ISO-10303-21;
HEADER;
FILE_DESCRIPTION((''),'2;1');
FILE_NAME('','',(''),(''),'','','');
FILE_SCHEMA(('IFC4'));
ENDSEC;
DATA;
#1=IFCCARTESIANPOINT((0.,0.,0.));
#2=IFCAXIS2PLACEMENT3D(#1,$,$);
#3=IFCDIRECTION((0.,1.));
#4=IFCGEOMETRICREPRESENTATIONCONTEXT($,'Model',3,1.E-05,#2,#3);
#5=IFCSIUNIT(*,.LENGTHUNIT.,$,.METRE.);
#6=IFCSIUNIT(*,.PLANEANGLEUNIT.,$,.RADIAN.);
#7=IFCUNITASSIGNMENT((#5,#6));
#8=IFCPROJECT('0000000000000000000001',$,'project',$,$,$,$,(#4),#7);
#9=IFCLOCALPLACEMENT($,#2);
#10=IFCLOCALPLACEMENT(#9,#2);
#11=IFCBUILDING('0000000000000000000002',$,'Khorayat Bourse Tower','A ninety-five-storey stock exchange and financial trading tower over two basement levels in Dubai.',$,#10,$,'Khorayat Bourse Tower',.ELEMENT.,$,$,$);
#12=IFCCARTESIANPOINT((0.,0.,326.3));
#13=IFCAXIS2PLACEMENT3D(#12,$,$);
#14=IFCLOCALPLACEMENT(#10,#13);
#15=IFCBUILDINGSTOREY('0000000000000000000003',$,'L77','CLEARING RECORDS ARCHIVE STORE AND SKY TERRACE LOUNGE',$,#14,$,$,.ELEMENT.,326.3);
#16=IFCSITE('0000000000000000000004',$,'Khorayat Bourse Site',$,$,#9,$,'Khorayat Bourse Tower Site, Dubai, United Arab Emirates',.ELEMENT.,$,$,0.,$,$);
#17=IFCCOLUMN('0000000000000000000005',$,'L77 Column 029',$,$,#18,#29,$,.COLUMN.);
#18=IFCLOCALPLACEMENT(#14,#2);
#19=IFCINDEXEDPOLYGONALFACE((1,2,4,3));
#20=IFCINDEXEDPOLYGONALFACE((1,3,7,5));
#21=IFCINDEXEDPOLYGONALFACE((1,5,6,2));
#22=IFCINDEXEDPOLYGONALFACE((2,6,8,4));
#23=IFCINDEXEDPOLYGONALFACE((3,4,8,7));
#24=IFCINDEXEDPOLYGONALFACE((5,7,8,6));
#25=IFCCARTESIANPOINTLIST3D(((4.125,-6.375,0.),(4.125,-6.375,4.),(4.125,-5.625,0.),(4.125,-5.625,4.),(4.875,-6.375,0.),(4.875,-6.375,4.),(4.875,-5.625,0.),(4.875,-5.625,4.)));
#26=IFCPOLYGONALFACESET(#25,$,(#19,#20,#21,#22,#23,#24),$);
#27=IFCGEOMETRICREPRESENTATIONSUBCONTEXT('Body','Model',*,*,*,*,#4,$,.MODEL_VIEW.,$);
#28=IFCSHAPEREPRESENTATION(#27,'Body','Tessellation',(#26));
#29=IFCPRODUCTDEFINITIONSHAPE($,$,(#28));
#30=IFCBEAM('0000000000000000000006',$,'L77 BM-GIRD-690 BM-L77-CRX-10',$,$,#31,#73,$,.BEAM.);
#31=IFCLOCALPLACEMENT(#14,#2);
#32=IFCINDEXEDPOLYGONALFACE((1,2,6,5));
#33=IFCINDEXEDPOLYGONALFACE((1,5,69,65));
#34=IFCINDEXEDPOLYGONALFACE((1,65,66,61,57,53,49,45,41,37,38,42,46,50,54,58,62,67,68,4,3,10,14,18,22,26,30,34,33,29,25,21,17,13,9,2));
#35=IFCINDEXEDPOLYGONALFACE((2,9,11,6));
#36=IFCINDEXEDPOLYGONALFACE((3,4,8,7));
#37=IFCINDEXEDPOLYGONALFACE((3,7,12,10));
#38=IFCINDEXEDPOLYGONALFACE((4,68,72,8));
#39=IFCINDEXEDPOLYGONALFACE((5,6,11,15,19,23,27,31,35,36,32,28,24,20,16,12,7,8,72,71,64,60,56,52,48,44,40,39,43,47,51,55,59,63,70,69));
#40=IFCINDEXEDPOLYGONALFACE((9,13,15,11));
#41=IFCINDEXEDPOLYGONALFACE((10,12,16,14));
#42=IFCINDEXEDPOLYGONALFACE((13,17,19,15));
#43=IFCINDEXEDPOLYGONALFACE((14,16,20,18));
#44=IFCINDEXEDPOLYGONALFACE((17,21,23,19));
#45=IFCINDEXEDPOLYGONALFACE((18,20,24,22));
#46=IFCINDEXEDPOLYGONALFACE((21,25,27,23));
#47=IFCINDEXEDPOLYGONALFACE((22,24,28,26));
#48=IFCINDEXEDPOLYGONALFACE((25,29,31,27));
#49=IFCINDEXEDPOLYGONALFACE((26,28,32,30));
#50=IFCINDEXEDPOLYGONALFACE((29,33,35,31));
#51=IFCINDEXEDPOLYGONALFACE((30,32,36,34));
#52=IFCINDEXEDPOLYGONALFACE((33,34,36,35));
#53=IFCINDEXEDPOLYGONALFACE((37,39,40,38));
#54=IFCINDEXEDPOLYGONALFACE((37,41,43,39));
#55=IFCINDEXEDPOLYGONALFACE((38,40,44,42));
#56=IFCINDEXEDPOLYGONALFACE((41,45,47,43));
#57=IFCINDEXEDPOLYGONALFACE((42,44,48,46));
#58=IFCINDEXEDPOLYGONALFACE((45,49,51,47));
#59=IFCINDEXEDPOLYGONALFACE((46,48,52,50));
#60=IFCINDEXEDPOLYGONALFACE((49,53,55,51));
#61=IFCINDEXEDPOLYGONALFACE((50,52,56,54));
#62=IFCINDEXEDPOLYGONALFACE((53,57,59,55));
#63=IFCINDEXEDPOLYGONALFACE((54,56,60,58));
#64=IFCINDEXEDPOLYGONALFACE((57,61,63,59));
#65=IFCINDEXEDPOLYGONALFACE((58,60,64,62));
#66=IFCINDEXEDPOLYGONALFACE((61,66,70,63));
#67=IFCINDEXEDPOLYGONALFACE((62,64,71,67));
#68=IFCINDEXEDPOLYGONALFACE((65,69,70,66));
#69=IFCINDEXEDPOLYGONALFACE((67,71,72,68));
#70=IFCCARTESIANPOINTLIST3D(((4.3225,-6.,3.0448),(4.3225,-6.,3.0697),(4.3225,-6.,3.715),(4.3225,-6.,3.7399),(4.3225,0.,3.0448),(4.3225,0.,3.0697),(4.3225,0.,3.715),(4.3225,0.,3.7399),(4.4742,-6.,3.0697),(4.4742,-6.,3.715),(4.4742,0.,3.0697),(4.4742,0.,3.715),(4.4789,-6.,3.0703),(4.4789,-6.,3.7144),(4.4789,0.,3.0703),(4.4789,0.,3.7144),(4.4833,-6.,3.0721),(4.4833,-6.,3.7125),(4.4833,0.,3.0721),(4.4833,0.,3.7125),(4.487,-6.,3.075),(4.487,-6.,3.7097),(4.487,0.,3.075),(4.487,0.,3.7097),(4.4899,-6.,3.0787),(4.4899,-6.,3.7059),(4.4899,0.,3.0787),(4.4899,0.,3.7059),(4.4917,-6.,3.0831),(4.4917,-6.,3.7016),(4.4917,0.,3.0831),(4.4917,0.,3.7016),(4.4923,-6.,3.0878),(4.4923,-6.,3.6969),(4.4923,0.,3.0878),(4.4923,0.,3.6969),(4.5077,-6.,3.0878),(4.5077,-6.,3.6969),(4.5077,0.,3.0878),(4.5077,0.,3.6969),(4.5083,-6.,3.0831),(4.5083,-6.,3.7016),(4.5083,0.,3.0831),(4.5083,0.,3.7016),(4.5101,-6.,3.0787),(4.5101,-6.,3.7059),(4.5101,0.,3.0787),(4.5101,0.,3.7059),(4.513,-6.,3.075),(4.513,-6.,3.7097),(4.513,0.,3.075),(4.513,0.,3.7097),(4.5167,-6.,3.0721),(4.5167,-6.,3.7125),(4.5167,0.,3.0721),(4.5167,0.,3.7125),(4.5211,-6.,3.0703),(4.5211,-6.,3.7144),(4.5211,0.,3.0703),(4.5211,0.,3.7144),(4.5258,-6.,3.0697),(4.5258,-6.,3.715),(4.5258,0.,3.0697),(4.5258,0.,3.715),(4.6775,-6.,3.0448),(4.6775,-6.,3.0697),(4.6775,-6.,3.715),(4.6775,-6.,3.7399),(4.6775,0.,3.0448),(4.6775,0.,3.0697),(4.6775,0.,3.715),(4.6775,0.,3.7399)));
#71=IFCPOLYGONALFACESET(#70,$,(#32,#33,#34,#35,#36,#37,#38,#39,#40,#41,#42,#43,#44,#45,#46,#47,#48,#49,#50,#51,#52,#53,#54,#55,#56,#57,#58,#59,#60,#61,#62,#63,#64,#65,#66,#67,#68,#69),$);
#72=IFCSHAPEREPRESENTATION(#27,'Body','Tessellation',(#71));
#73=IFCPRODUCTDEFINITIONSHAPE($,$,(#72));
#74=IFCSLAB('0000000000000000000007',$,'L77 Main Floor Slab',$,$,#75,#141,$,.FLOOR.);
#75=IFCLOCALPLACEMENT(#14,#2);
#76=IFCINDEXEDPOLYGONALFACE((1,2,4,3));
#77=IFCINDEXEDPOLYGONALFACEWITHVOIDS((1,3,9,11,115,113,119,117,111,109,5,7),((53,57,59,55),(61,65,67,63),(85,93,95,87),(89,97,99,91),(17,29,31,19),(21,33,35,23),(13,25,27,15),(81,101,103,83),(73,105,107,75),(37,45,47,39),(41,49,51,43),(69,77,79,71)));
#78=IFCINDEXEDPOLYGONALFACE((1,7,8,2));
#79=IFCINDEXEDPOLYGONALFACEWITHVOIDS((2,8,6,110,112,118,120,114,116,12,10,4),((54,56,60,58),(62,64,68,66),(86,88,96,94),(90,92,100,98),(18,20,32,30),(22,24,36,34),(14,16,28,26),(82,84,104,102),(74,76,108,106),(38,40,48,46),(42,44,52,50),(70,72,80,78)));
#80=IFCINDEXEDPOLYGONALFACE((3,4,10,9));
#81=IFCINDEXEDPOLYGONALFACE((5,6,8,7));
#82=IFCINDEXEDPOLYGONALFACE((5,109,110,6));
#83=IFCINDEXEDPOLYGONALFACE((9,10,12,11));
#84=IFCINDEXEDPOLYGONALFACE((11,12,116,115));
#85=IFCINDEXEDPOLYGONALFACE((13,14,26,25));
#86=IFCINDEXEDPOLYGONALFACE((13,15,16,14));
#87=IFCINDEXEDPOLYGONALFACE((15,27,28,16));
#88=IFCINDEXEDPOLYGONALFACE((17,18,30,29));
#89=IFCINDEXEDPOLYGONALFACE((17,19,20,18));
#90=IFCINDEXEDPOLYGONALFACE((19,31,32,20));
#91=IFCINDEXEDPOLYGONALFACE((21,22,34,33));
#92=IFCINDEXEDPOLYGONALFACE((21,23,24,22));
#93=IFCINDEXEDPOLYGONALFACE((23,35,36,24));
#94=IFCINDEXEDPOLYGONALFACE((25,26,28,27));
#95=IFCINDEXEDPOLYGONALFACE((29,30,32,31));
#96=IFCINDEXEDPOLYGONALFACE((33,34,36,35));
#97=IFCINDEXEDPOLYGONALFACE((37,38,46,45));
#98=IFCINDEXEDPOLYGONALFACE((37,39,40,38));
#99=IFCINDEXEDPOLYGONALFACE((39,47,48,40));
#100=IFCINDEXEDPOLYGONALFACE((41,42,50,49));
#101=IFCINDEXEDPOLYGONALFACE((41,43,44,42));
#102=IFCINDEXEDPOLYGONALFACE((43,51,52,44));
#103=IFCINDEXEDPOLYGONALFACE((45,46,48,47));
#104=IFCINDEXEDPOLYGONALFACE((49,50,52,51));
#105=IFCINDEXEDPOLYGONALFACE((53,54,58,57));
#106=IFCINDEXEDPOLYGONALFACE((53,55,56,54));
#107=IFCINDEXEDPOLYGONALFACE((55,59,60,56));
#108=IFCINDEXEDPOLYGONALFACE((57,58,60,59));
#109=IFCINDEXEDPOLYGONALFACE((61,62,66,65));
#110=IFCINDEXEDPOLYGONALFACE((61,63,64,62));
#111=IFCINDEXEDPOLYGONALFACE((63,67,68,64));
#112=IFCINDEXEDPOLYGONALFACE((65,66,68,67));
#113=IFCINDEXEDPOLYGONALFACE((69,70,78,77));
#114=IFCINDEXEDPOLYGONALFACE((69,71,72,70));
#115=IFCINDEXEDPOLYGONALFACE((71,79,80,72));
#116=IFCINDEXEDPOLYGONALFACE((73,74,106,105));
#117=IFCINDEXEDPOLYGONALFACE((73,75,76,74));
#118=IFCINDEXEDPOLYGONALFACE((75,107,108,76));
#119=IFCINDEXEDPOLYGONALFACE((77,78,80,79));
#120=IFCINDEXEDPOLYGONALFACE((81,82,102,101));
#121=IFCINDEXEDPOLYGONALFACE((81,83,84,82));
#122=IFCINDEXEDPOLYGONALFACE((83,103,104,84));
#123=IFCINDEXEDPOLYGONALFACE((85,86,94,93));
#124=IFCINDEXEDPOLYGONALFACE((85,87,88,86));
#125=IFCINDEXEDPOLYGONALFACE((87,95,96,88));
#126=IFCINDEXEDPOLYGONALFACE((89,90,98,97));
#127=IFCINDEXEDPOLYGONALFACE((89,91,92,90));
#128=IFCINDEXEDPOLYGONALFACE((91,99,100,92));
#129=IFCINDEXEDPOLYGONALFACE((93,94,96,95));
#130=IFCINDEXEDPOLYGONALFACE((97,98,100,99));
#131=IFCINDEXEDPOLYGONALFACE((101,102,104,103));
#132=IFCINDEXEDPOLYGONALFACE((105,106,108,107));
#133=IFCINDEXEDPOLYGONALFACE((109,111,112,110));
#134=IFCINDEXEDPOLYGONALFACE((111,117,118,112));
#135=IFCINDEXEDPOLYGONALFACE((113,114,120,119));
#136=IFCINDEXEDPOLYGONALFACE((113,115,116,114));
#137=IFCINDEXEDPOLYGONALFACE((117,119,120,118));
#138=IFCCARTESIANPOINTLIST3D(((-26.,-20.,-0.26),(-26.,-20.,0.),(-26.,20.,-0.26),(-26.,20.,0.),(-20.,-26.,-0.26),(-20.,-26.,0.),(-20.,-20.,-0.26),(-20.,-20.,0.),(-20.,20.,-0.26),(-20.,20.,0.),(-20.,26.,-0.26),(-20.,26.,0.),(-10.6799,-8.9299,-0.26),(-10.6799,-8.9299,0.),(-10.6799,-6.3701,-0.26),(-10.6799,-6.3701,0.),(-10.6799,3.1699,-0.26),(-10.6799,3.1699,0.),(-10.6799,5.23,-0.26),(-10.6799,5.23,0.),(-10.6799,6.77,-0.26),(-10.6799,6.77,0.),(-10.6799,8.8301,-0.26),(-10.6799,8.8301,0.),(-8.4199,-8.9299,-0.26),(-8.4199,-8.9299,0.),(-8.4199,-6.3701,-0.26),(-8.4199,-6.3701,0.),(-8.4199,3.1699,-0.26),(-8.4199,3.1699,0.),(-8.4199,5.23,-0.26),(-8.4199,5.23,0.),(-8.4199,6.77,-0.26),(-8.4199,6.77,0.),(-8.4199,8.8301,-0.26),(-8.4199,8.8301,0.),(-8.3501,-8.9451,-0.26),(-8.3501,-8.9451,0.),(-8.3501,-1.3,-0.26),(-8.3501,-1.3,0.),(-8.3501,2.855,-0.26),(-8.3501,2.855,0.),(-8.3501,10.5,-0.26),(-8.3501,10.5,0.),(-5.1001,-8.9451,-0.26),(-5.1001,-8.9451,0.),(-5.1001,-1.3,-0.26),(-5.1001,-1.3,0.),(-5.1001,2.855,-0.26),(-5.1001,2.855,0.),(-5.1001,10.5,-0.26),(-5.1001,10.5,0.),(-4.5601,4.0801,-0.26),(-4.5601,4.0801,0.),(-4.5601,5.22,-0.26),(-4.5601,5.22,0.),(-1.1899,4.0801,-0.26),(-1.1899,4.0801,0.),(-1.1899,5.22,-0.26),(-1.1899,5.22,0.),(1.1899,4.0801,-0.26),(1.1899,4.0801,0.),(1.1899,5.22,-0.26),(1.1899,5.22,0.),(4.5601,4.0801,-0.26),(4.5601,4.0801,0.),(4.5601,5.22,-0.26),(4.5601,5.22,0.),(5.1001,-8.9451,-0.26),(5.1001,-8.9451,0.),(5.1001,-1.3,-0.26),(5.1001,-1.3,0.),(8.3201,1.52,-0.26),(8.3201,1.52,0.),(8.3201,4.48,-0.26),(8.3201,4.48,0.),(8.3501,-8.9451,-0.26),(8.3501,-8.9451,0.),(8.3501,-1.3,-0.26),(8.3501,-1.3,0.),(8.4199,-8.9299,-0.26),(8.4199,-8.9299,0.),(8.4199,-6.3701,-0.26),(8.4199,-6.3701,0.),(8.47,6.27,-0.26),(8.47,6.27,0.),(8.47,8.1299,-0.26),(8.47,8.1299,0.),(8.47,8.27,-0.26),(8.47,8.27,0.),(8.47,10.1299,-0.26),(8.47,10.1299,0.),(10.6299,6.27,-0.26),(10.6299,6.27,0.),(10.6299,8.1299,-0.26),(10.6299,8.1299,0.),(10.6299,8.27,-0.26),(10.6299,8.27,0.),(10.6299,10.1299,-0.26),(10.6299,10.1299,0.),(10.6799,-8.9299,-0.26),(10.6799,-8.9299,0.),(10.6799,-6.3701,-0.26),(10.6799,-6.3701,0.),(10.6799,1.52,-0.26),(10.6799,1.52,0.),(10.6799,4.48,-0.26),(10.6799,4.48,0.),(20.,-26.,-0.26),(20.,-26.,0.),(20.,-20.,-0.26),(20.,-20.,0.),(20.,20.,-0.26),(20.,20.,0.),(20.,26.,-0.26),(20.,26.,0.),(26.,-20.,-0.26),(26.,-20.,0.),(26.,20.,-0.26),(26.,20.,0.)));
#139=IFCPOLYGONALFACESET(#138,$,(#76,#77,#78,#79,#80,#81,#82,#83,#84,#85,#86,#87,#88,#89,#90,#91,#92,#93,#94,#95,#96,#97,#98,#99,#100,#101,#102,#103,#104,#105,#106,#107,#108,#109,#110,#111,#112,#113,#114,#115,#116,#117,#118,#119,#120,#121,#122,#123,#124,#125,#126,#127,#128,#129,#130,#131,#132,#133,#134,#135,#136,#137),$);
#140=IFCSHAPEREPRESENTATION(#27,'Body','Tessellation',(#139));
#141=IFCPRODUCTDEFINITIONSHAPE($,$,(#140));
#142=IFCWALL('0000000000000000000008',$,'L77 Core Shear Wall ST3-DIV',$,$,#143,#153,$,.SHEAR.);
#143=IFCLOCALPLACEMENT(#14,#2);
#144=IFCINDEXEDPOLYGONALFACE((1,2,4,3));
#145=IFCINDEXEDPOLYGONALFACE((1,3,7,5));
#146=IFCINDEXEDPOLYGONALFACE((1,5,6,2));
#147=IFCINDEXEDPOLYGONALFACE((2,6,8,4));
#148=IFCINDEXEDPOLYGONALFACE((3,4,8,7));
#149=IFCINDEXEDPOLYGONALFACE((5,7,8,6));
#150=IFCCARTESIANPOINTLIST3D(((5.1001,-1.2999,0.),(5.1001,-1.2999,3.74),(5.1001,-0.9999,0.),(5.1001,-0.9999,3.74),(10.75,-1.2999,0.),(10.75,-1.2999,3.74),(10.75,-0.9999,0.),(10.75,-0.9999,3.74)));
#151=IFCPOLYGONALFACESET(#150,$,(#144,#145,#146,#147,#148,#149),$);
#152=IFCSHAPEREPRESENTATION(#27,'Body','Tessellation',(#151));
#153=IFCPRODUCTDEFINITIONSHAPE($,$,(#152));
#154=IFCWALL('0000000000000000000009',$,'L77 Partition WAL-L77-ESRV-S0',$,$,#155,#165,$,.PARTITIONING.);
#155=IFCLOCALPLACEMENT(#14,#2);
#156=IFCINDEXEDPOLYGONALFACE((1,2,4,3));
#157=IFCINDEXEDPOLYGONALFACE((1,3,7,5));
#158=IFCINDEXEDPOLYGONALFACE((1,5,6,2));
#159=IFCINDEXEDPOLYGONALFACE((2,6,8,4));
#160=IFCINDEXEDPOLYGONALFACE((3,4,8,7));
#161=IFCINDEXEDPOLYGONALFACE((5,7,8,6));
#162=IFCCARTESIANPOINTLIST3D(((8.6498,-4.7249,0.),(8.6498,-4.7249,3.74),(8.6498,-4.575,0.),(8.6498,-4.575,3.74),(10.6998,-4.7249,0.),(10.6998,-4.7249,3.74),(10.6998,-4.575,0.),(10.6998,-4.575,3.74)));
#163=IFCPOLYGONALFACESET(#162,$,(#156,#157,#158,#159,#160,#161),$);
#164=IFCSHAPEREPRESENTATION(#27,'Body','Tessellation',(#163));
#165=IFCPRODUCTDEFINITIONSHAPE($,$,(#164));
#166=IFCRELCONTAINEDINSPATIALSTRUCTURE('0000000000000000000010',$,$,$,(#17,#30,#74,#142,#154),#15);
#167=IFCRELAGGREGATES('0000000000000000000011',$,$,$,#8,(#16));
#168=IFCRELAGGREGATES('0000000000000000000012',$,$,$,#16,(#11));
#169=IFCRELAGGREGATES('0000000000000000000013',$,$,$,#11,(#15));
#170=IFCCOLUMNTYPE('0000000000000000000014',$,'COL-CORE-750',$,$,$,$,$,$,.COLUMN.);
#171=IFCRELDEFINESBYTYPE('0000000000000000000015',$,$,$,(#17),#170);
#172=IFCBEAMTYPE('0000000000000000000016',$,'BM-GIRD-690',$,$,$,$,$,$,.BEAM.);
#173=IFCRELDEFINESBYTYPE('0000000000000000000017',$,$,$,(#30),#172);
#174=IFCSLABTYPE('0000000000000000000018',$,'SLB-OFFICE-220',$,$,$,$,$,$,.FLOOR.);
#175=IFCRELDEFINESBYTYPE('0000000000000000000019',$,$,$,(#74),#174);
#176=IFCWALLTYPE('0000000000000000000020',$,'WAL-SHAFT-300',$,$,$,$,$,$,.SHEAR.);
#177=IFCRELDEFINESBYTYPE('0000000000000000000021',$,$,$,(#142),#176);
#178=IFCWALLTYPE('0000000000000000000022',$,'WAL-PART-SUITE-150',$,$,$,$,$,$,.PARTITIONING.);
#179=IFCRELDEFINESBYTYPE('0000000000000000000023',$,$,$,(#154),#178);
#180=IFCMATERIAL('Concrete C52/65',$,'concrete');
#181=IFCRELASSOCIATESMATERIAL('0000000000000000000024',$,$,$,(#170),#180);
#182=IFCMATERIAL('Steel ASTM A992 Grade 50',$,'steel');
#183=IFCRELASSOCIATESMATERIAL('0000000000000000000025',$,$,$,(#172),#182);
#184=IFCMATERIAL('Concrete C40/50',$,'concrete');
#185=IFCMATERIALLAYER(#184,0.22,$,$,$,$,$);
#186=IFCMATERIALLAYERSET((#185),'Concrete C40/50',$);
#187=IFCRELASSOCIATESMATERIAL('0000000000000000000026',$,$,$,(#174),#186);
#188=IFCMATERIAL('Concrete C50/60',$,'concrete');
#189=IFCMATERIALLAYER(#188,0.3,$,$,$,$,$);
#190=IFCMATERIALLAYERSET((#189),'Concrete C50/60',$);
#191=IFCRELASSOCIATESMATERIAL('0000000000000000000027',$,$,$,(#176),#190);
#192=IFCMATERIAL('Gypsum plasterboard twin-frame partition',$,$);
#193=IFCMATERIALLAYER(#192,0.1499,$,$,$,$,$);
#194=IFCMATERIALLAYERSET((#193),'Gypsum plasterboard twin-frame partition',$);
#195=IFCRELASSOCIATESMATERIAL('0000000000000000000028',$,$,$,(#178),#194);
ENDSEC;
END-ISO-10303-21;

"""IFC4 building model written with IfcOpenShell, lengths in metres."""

from ifc_helpers import new_model, si_unit, direction, frame, frame_2d, origin, origin_2d, place, context, subcontext, project, spatial, polyline, rectangle, i_section, outline, extrude, source, transform, mapped, material, layer, layer_set, material_profile, profile_set, type_object, element, save


model = new_model("IFC4")

# Units and contexts
model_context = context("Model", 3, precision=1e-05, world=origin(), true_north=direction((0.0, 1.0)))
body_context = subcontext(model_context, "Body", "Model", "MODEL_VIEW")
ifc_project = project(units=[si_unit("LENGTHUNIT", "METRE"), si_unit("PLANEANGLEUNIT", "RADIAN")], contexts=[model_context])

# Site, building, storey
site_placement = place(None, origin())
site = spatial("IfcSite", under=ifc_project, at=site_placement, Name="Khorayat Bourse Site", LongName="Khorayat Bourse Tower Site, Dubai, United Arab Emirates", CompositionType="ELEMENT", RefElevation=0.0)
building_placement = place(site_placement, origin())
building = spatial("IfcBuilding", under=site, at=building_placement, Name="Khorayat Bourse Tower", Description="A ninety-five-storey stock exchange and financial trading tower over two basement levels in Dubai.", LongName="Khorayat Bourse Tower", CompositionType="ELEMENT")
storey_placement = place(building_placement, frame((0.0, 0.0, 326.3)))
storey = spatial("IfcBuildingStorey", under=building, at=storey_placement, Name="L77", Description="CLEARING RECORDS ARCHIVE STORE AND SKY TERRACE LOUNGE", CompositionType="ELEMENT", Elevation=326.3)

# Column
ifc_material_1 = material(Name="Concrete C52/65", Category="concrete")
ifc_material_profile_1 = material_profile(ifc_material_1, rectangle(XDim=0.75, YDim=0.75, at=origin_2d()), Name="RC 750x750")
ifc_profile_set_1 = profile_set([ifc_material_profile_1], Name="Concrete C52/65")
column_type = type_object("IfcColumnType", Name="COL-CORE-750", PredefinedType="COLUMN", material=ifc_profile_set_1)
shared_shape_1 = source(origin(), body_context, "Body", "SweptSolid", [
    extrude(rectangle(XDim=0.75, YDim=0.75, at=origin_2d()), origin(), (0.0, 0.0, 1.0), 4.0),
])
column_placement = place(storey_placement, frame((4.5, -6.0, 0.0), z_axis=(0.0, 0.0, 1.0), x_axis=(1.0, 0.0, 0.0)))
element("IfcColumn", 1, at=column_placement, inside=storey, type_object=column_type, Name="L77 Column 029", PredefinedType="COLUMN", context=body_context, shape_type="MappedRepresentation", body=[
    mapped(shared_shape_1, transform((0.0, 0.0, 0.0), scale=1.0)),
])

# Beam
ifc_material_2 = material(Name="Steel ASTM A992 Grade 50", Category="steel")
ifc_material_profile_2 = material_profile(ifc_material_2, i_section(OverallWidth=0.355, OverallDepth=0.6951, WebThickness=0.0154, FlangeThickness=0.0249, FilletRadius=0.0181, at=origin_2d()), Name="W690X217")
ifc_profile_set_2 = profile_set([ifc_material_profile_2], Name="Steel ASTM A992 Grade 50")
beam_type = type_object("IfcBeamType", Name="BM-GIRD-690", PredefinedType="BEAM", material=ifc_profile_set_2)
shared_shape_2 = source(origin(), body_context, "Body", "SweptSolid", [
    extrude(i_section(OverallWidth=0.355, OverallDepth=0.6951, WebThickness=0.0154, FlangeThickness=0.0249, FilletRadius=0.0181, at=origin_2d()), origin(), (0.0, 0.0, 1.0), 6.0),
])
beam_placement = place(storey_placement, frame((4.5, -6.0, 3.3923), z_axis=(0.0, 1.0, 0.0), x_axis=(-1.0, 0.0, 0.0)))
element("IfcBeam", 2, at=beam_placement, inside=storey, type_object=beam_type, Name="L77 BM-GIRD-690 BM-L77-CRX-10", PredefinedType="BEAM", context=body_context, shape_type="MappedRepresentation", body=[
    mapped(shared_shape_2, transform((0.0, 0.0, 0.0), scale=1.0)),
])

# Slab
ifc_material_3 = material(Name="Concrete C40/50", Category="concrete")
ifc_layer_1 = layer(ifc_material_3, 0.22)
ifc_layer_set_1 = layer_set([ifc_layer_1], Name="Concrete C40/50")
slab_type = type_object("IfcSlabType", Name="SLB-OFFICE-220", PredefinedType="FLOOR", material=ifc_layer_set_1)
slab_placement = place(storey_placement, frame((0.0, 0.0, -0.26)))
element("IfcSlab", 3, at=slab_placement, inside=storey, type_object=slab_type, Name="L77 Main Floor Slab", PredefinedType="FLOOR", context=body_context, shape_type="SweptSolid", body=[
    extrude(outline(polyline([(-20.0, -26.0), (20.0, -26.0), (20.0, -20.0), (26.0, -20.0), (26.0, 20.0), (20.0, 20.0), (20.0, 26.0), (-20.0, 26.0), (-20.0, 20.0), (-26.0, 20.0), (-26.0, -20.0), (-20.0, -20.0), (-20.0, -26.0)]), holes=[polyline([(-8.3501, -8.9451), (-5.1001, -8.9451), (-5.1001, -1.3), (-8.3501, -1.3), (-8.3501, -8.9451)]), polyline([(-8.3501, 2.855), (-5.1001, 2.855), (-5.1001, 10.5), (-8.3501, 10.5), (-8.3501, 2.855)]), polyline([(5.1001, -8.9451), (8.3501, -8.9451), (8.3501, -1.3), (5.1001, -1.3), (5.1001, -8.9451)]), polyline([(-10.6799, 3.1699), (-8.4199, 3.1699), (-8.4199, 5.23), (-10.6799, 5.23), (-10.6799, 3.1699)]), polyline([(-10.6799, 6.77), (-8.4199, 6.77), (-8.4199, 8.8301), (-10.6799, 8.8301), (-10.6799, 6.77)]), polyline([(8.47, 6.27), (10.6299, 6.27), (10.6299, 8.1299), (8.47, 8.1299), (8.47, 6.27)]), polyline([(8.47, 8.27), (10.6299, 8.27), (10.6299, 10.1299), (8.47, 10.1299), (8.47, 8.27)]), polyline([(-10.6799, -8.9299), (-8.4199, -8.9299), (-8.4199, -6.3701), (-10.6799, -6.3701), (-10.6799, -8.9299)]), polyline([(8.4199, -8.9299), (10.6799, -8.9299), (10.6799, -6.3701), (8.4199, -6.3701), (8.4199, -8.9299)]), polyline([(8.3201, 1.52), (10.6799, 1.52), (10.6799, 4.48), (8.3201, 4.48), (8.3201, 1.52)]), polyline([(-4.5601, 4.0801), (-1.1899, 4.0801), (-1.1899, 5.22), (-4.5601, 5.22), (-4.5601, 4.0801)]), polyline([(1.1899, 4.0801), (4.5601, 4.0801), (4.5601, 5.22), (1.1899, 5.22), (1.1899, 4.0801)])]), origin(), (0.0, 0.0, 1.0), 0.26),
])

# Walls
ifc_material_4 = material(Name="Concrete C50/60", Category="concrete")
ifc_layer_2 = layer(ifc_material_4, 0.3)
ifc_layer_set_2 = layer_set([ifc_layer_2], Name="Concrete C50/60")
wall_type_1 = type_object("IfcWallType", Name="WAL-SHAFT-300", PredefinedType="SHEAR", material=ifc_layer_set_2)
shared_shape_3 = source(origin(), body_context, "Body", "SweptSolid", [
    extrude(rectangle(XDim=5.6499, YDim=0.3, at=frame_2d((2.825, 0.0))), origin(), (0.0, 0.0, 1.0), 3.74),
])
wall_1_placement = place(storey_placement, frame((5.1001, -1.1499, 0.0), z_axis=(0.0, 0.0, 1.0), x_axis=(1.0, 0.0, 0.0)))
element("IfcWall", 4, at=wall_1_placement, inside=storey, type_object=wall_type_1, Name="L77 Core Shear Wall ST3-DIV", PredefinedType="SHEAR", context=body_context, shape_type="MappedRepresentation", body=[
    mapped(shared_shape_3, transform((0.0, 0.0, 0.0), scale=1.0)),
])
ifc_material_5 = material(Name="Gypsum plasterboard twin-frame partition")
ifc_layer_3 = layer(ifc_material_5, 0.1499)
ifc_layer_set_3 = layer_set([ifc_layer_3], Name="Gypsum plasterboard twin-frame partition")
wall_type_2 = type_object("IfcWallType", Name="WAL-PART-SUITE-150", PredefinedType="PARTITIONING", material=ifc_layer_set_3)
shared_shape_4 = source(origin(), body_context, "Body", "SweptSolid", [
    extrude(rectangle(XDim=2.05, YDim=0.1499, at=frame_2d((1.0249, 0.0))), origin(), (0.0, 0.0, 1.0), 3.74),
])
wall_2_placement = place(storey_placement, frame((8.6499, -4.6499, 0.0), z_axis=(0.0, 0.0, 1.0), x_axis=(1.0, 0.0, 0.0)))
element("IfcWall", 5, at=wall_2_placement, inside=storey, type_object=wall_type_2, Name="L77 Partition WAL-L77-ESRV-S0", PredefinedType="PARTITIONING", context=body_context, shape_type="MappedRepresentation", body=[
    mapped(shared_shape_4, transform((0.0, 0.0, 0.0), scale=1.0)),
])

save(model, "model.ifc")
